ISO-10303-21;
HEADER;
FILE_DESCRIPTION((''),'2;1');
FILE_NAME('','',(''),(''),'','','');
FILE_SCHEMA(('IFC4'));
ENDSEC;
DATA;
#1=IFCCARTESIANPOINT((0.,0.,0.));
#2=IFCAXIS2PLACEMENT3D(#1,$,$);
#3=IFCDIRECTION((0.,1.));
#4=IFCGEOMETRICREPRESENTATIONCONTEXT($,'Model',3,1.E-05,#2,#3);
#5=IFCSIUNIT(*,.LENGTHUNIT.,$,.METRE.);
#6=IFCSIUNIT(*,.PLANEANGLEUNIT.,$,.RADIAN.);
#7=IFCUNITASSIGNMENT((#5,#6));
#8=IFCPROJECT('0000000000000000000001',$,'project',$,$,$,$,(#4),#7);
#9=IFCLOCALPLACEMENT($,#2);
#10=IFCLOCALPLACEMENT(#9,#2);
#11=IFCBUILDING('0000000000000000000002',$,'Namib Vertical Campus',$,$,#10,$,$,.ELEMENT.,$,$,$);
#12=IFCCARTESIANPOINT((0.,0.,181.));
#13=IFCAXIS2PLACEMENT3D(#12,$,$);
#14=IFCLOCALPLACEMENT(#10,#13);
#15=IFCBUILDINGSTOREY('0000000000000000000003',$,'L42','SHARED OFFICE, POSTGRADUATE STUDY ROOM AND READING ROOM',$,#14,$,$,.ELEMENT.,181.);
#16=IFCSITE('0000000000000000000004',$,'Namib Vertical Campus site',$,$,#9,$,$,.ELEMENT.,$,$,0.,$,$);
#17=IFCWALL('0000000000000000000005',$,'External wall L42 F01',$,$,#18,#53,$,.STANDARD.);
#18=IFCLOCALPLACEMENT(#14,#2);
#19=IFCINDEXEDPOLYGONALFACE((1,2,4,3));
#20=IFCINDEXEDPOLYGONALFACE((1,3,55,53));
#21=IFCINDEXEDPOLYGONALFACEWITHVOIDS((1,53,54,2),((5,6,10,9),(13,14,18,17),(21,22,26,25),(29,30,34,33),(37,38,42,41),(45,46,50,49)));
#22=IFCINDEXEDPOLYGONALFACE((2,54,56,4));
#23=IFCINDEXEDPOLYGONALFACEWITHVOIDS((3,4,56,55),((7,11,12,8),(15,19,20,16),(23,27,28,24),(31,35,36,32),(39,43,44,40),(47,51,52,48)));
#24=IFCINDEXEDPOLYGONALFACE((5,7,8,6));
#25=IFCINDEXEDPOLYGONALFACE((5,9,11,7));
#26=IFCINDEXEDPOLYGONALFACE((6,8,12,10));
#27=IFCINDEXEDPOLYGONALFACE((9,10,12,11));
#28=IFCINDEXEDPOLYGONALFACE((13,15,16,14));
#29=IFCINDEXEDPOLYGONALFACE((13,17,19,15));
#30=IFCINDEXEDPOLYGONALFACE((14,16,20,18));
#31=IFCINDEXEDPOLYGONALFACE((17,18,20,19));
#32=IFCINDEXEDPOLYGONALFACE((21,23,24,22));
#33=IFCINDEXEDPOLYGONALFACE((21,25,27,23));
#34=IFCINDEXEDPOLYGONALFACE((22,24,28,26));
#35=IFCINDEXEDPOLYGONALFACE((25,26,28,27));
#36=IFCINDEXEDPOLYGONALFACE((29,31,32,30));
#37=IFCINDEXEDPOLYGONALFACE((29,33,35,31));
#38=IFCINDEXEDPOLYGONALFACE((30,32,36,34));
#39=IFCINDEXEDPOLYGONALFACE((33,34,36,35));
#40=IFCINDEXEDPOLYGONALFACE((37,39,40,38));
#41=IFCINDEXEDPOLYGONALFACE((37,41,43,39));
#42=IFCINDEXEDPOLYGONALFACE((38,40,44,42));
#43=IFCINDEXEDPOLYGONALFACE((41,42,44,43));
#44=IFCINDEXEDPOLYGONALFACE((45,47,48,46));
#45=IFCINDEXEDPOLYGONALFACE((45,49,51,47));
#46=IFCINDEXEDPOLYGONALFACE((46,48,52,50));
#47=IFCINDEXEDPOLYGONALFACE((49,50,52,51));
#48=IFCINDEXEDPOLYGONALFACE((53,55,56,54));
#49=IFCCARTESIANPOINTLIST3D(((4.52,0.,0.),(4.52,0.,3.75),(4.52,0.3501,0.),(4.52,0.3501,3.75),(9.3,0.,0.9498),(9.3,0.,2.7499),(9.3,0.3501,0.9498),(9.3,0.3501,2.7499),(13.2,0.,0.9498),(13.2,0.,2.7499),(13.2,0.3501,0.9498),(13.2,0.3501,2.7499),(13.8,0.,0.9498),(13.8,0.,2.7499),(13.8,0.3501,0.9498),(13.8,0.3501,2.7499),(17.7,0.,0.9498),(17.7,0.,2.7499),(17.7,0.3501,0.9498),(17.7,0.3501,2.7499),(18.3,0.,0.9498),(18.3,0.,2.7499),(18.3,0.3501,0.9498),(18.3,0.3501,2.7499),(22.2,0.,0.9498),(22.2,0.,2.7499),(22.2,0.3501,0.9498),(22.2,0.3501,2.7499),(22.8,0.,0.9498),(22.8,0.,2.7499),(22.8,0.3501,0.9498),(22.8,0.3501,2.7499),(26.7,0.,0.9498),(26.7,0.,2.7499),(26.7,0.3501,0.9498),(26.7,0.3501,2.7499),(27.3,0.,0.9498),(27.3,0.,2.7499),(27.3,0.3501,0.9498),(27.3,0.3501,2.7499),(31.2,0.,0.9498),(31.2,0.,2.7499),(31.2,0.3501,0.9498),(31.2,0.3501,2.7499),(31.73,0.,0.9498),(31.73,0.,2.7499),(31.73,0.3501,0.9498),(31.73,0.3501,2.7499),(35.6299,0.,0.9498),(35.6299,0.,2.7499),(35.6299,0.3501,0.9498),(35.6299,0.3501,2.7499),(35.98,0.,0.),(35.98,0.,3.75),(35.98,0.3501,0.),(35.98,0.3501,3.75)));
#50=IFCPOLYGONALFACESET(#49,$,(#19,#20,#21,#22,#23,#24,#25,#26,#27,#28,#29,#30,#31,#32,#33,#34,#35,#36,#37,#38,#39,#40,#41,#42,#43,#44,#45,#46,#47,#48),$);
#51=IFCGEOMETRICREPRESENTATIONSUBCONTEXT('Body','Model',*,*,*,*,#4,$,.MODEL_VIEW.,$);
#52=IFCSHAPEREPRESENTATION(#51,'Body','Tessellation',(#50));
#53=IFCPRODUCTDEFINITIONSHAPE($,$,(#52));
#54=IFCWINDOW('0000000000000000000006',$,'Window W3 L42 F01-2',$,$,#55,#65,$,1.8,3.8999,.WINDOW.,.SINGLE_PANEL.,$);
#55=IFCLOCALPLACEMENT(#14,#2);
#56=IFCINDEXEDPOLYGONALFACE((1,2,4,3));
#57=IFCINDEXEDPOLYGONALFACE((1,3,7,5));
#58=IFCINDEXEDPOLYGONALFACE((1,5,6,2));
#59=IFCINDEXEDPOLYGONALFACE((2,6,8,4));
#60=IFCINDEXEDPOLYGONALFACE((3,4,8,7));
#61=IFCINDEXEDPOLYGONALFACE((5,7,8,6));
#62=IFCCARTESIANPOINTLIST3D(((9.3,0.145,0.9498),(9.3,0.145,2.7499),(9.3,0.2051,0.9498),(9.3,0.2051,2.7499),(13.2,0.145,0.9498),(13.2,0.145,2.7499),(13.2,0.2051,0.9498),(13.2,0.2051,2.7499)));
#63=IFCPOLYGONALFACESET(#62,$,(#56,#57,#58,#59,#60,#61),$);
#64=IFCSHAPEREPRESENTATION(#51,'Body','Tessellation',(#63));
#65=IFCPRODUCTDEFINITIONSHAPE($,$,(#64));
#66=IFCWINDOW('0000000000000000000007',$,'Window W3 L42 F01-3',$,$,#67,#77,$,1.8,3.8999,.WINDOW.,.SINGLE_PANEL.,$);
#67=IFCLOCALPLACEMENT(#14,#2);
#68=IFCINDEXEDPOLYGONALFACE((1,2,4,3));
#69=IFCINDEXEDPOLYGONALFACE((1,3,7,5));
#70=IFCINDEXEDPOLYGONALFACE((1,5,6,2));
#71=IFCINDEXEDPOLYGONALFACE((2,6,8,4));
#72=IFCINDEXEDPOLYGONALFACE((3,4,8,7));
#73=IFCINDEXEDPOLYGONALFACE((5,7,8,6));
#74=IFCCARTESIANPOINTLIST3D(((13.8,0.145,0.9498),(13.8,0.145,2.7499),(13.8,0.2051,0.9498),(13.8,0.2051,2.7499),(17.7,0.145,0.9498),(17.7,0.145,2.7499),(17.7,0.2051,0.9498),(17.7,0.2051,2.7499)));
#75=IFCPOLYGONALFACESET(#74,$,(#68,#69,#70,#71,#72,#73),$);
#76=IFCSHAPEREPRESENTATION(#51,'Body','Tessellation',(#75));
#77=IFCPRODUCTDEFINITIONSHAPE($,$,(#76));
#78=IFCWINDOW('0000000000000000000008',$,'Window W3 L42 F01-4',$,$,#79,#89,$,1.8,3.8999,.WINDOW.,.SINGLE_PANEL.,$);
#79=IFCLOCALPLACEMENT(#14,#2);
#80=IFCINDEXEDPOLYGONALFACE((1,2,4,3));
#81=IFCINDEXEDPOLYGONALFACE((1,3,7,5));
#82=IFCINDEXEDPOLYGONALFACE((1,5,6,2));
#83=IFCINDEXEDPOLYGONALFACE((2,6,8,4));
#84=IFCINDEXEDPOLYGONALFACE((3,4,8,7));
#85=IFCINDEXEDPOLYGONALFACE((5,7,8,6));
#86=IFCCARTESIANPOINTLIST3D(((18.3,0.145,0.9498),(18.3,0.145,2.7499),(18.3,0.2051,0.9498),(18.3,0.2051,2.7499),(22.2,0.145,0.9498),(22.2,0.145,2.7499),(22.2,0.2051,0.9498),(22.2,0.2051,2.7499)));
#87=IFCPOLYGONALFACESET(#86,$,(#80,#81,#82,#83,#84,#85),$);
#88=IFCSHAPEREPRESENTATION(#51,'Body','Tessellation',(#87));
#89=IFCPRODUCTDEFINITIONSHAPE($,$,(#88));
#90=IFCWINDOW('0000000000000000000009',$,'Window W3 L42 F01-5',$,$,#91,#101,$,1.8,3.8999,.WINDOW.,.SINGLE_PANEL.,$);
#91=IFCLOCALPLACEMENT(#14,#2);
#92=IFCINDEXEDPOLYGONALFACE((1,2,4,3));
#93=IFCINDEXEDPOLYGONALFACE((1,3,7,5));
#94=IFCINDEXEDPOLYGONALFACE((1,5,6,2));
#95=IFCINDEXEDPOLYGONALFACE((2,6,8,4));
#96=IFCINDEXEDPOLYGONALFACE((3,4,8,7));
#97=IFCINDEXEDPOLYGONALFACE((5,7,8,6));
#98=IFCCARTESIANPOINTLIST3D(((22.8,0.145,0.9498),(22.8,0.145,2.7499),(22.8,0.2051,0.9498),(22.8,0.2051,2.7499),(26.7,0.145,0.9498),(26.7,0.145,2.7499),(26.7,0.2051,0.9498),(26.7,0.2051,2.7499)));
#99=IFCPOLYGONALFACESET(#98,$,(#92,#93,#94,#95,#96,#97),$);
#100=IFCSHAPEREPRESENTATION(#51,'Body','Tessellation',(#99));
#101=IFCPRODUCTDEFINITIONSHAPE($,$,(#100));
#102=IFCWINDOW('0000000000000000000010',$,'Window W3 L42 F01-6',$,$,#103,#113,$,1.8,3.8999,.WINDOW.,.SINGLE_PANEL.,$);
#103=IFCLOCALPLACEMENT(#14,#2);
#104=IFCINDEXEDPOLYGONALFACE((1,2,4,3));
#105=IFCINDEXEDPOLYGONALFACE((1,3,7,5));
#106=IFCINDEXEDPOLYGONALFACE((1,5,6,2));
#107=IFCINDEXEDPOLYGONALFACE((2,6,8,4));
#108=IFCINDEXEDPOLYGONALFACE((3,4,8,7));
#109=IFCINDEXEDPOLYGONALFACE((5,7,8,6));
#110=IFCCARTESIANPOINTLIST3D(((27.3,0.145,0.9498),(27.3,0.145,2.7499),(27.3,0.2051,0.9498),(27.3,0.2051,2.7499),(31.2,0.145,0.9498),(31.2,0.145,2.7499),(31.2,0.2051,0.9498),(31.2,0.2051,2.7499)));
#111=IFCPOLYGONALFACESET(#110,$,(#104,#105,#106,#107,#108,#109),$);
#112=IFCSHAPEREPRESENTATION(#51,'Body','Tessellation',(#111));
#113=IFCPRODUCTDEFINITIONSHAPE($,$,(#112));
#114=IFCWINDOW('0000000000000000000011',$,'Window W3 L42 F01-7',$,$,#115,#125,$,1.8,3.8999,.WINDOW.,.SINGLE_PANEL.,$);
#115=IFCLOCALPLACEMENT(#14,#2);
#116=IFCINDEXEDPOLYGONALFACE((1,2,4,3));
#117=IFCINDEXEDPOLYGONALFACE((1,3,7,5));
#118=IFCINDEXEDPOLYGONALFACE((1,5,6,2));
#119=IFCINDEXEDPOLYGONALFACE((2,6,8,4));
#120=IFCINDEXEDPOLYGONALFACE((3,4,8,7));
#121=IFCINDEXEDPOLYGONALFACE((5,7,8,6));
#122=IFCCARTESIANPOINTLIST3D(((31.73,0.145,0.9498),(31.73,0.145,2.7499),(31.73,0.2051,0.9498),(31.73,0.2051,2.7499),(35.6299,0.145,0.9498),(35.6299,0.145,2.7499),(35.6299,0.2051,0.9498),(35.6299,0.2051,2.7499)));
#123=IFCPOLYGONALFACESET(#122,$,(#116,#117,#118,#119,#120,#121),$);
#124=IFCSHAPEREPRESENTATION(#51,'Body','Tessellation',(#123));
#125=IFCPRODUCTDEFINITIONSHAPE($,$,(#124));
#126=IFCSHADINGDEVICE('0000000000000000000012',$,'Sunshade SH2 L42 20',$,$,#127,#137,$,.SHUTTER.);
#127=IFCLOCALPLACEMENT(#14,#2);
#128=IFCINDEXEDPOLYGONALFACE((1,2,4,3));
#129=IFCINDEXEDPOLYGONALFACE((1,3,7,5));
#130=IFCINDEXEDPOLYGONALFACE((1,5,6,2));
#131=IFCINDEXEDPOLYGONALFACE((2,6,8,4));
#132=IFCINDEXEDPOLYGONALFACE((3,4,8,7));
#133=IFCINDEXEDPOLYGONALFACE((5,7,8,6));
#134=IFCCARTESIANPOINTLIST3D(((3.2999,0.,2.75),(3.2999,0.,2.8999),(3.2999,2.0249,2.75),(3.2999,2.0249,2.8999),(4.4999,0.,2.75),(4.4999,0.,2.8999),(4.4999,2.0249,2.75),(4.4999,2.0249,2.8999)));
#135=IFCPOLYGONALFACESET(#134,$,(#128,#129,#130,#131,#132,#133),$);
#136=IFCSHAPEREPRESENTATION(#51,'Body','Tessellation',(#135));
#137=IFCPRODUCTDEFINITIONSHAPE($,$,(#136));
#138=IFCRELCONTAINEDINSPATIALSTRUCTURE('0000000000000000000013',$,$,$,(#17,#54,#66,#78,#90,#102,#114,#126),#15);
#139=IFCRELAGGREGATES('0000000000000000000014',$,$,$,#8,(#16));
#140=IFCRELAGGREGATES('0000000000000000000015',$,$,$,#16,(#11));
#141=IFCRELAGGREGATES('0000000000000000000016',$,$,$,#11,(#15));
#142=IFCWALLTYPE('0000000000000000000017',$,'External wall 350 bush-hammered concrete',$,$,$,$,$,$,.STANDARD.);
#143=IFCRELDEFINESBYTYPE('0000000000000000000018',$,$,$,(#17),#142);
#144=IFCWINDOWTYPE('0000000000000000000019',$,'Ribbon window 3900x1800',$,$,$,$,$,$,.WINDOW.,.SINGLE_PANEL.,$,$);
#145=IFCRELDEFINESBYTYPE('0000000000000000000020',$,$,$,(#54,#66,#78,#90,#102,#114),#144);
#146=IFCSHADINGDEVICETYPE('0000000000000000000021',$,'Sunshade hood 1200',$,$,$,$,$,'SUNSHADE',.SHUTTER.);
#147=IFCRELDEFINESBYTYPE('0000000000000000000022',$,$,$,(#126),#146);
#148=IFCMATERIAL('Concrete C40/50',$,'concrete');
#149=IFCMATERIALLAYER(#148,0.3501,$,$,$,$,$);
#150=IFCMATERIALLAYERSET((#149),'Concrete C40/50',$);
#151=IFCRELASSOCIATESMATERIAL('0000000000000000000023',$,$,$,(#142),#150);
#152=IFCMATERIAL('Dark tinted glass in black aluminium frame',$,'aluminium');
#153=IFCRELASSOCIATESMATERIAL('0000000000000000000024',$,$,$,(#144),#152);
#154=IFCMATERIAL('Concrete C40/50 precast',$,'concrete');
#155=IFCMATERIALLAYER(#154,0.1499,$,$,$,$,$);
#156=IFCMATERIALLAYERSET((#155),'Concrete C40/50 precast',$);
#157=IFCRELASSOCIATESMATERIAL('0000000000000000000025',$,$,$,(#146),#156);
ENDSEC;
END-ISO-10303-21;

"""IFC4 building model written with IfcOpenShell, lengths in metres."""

from ifc_helpers import new_model, si_unit, direction, frame, frame_2d, origin, origin_2d, place, context, subcontext, project, spatial, rectangle, extrude, material, layer, layer_set, type_object, element, fill, save


model = new_model("IFC4")

# Units and contexts
model_context = context("Model", 3, precision=1e-05, world=origin(), true_north=direction((0.0, 1.0)))
body_context = subcontext(model_context, "Body", "Model", "MODEL_VIEW")
ifc_project = project(units=[si_unit("LENGTHUNIT", "METRE"), si_unit("PLANEANGLEUNIT", "RADIAN")], contexts=[model_context])

# Site, building, storey
site_placement = place(None, origin())
site = spatial("IfcSite", under=ifc_project, at=site_placement, Name="Namib Vertical Campus site", CompositionType="ELEMENT", RefElevation=0.0)
building_placement = place(site_placement, origin())
building = spatial("IfcBuilding", under=site, at=building_placement, Name="Namib Vertical Campus", CompositionType="ELEMENT")
storey_placement = place(building_placement, frame((0.0, 0.0, 181.0)))
storey = spatial("IfcBuildingStorey", under=building, at=storey_placement, Name="L42", Description="SHARED OFFICE, POSTGRADUATE STUDY ROOM AND READING ROOM", CompositionType="ELEMENT", Elevation=181.0)

# Wall, openings, windows
ifc_material_1 = material(Name="Concrete C40/50", Category="concrete")
ifc_layer_1 = layer(ifc_material_1, 0.3501)
ifc_layer_set_1 = layer_set([ifc_layer_1], Name="Concrete C40/50")
wall_type = type_object("IfcWallType", Name="External wall 350 bush-hammered concrete", PredefinedType="STANDARD", material=ifc_layer_set_1)
wall_placement = place(storey_placement, frame((4.52, 0.175, 0.0), z_axis=(0.0, 0.0, 1.0), x_axis=(1.0, 0.0, 0.0)))
wall = element("IfcWall", 1, at=wall_placement, inside=storey, type_object=wall_type, Name="External wall L42 F01", PredefinedType="STANDARD", context=body_context, shape_type="SweptSolid", body=[
    extrude(rectangle(XDim=31.46, YDim=0.3501, at=frame_2d((15.73, 0.0))), origin(), (0.0, 0.0, 1.0), 3.75),
])
opening_1_placement = place(wall_placement, frame((4.78, 0.0, 0.95)))
opening_1 = element("IfcOpeningElement", 2, at=opening_1_placement, cuts=wall, PredefinedType="OPENING", context=body_context, shape_type="SweptSolid", body=[
    extrude(rectangle(XDim=3.8999, YDim=1.8, at=frame_2d((1.95, 0.8999))), frame((0.0, 0.1851, 0.0), z_axis=(0.0, -1.0, 0.0), x_axis=(1.0, 0.0, 0.0)), (0.0, 0.0, 1.0), 0.3701),
])
opening_2_placement = place(wall_placement, frame((9.28, 0.0, 0.95)))
opening_2 = element("IfcOpeningElement", 3, at=opening_2_placement, cuts=wall, PredefinedType="OPENING", context=body_context, shape_type="SweptSolid", body=[
    extrude(rectangle(XDim=3.8999, YDim=1.8, at=frame_2d((1.95, 0.8999))), frame((0.0, 0.1851, 0.0), z_axis=(0.0, -1.0, 0.0), x_axis=(1.0, 0.0, 0.0)), (0.0, 0.0, 1.0), 0.3701),
])
opening_3_placement = place(wall_placement, frame((13.78, 0.0, 0.95)))
opening_3 = element("IfcOpeningElement", 4, at=opening_3_placement, cuts=wall, PredefinedType="OPENING", context=body_context, shape_type="SweptSolid", body=[
    extrude(rectangle(XDim=3.8999, YDim=1.8, at=frame_2d((1.95, 0.8999))), frame((0.0, 0.1851, 0.0), z_axis=(0.0, -1.0, 0.0), x_axis=(1.0, 0.0, 0.0)), (0.0, 0.0, 1.0), 0.3701),
])
opening_4_placement = place(wall_placement, frame((18.28, 0.0, 0.95)))
opening_4 = element("IfcOpeningElement", 5, at=opening_4_placement, cuts=wall, PredefinedType="OPENING", context=body_context, shape_type="SweptSolid", body=[
    extrude(rectangle(XDim=3.8999, YDim=1.8, at=frame_2d((1.95, 0.8999))), frame((0.0, 0.1851, 0.0), z_axis=(0.0, -1.0, 0.0), x_axis=(1.0, 0.0, 0.0)), (0.0, 0.0, 1.0), 0.3701),
])
opening_5_placement = place(wall_placement, frame((22.78, 0.0, 0.95)))
opening_5 = element("IfcOpeningElement", 6, at=opening_5_placement, cuts=wall, PredefinedType="OPENING", context=body_context, shape_type="SweptSolid", body=[
    extrude(rectangle(XDim=3.8999, YDim=1.8, at=frame_2d((1.95, 0.8999))), frame((0.0, 0.1851, 0.0), z_axis=(0.0, -1.0, 0.0), x_axis=(1.0, 0.0, 0.0)), (0.0, 0.0, 1.0), 0.3701),
])
opening_6_placement = place(wall_placement, frame((27.21, 0.0, 0.95)))
opening_6 = element("IfcOpeningElement", 7, at=opening_6_placement, cuts=wall, PredefinedType="OPENING", context=body_context, shape_type="SweptSolid", body=[
    extrude(rectangle(XDim=3.8999, YDim=1.8, at=frame_2d((1.95, 0.8999))), frame((0.0, 0.1851, 0.0), z_axis=(0.0, -1.0, 0.0), x_axis=(1.0, 0.0, 0.0)), (0.0, 0.0, 1.0), 0.3701),
])
ifc_material_2 = material(Name="Dark tinted glass in black aluminium frame", Category="aluminium")
window_type = type_object("IfcWindowType", Name="Ribbon window 3900x1800", PartitioningType="SINGLE_PANEL", PredefinedType="WINDOW", material=ifc_material_2)
window_1_placement = place(opening_1_placement, origin())
window_1 = element("IfcWindow", 8, at=window_1_placement, inside=storey, type_object=window_type, Name="Window W3 L42 F01-2", OverallHeight=1.8, OverallWidth=3.8999, PartitioningType="SINGLE_PANEL", PredefinedType="WINDOW", context=body_context, shape_type="SweptSolid", body=[
    extrude(rectangle(XDim=3.8999, YDim=1.8, at=frame_2d((1.95, 0.8999))), frame((0.0, 0.03, 0.0), z_axis=(0.0, -1.0, 0.0), x_axis=(1.0, 0.0, 0.0)), (0.0, 0.0, 1.0), 0.0601),
])
fill(opening_1, window_1)
window_2_placement = place(opening_2_placement, origin())
window_2 = element("IfcWindow", 9, at=window_2_placement, inside=storey, type_object=window_type, Name="Window W3 L42 F01-3", OverallHeight=1.8, OverallWidth=3.8999, PartitioningType="SINGLE_PANEL", PredefinedType="WINDOW", context=body_context, shape_type="SweptSolid", body=[
    extrude(rectangle(XDim=3.8999, YDim=1.8, at=frame_2d((1.95, 0.8999))), frame((0.0, 0.03, 0.0), z_axis=(0.0, -1.0, 0.0), x_axis=(1.0, 0.0, 0.0)), (0.0, 0.0, 1.0), 0.0601),
])
fill(opening_2, window_2)
window_3_placement = place(opening_3_placement, origin())
window_3 = element("IfcWindow", 10, at=window_3_placement, inside=storey, type_object=window_type, Name="Window W3 L42 F01-4", OverallHeight=1.8, OverallWidth=3.8999, PartitioningType="SINGLE_PANEL", PredefinedType="WINDOW", context=body_context, shape_type="SweptSolid", body=[
    extrude(rectangle(XDim=3.8999, YDim=1.8, at=frame_2d((1.95, 0.8999))), frame((0.0, 0.03, 0.0), z_axis=(0.0, -1.0, 0.0), x_axis=(1.0, 0.0, 0.0)), (0.0, 0.0, 1.0), 0.0601),
])
fill(opening_3, window_3)
window_4_placement = place(opening_4_placement, origin())
window_4 = element("IfcWindow", 11, at=window_4_placement, inside=storey, type_object=window_type, Name="Window W3 L42 F01-5", OverallHeight=1.8, OverallWidth=3.8999, PartitioningType="SINGLE_PANEL", PredefinedType="WINDOW", context=body_context, shape_type="SweptSolid", body=[
    extrude(rectangle(XDim=3.8999, YDim=1.8, at=frame_2d((1.95, 0.8999))), frame((0.0, 0.03, 0.0), z_axis=(0.0, -1.0, 0.0), x_axis=(1.0, 0.0, 0.0)), (0.0, 0.0, 1.0), 0.0601),
])
fill(opening_4, window_4)
window_5_placement = place(opening_5_placement, origin())
window_5 = element("IfcWindow", 12, at=window_5_placement, inside=storey, type_object=window_type, Name="Window W3 L42 F01-6", OverallHeight=1.8, OverallWidth=3.8999, PartitioningType="SINGLE_PANEL", PredefinedType="WINDOW", context=body_context, shape_type="SweptSolid", body=[
    extrude(rectangle(XDim=3.8999, YDim=1.8, at=frame_2d((1.95, 0.8999))), frame((0.0, 0.03, 0.0), z_axis=(0.0, -1.0, 0.0), x_axis=(1.0, 0.0, 0.0)), (0.0, 0.0, 1.0), 0.0601),
])
fill(opening_5, window_5)
window_6_placement = place(opening_6_placement, origin())
window_6 = element("IfcWindow", 13, at=window_6_placement, inside=storey, type_object=window_type, Name="Window W3 L42 F01-7", OverallHeight=1.8, OverallWidth=3.8999, PartitioningType="SINGLE_PANEL", PredefinedType="WINDOW", context=body_context, shape_type="SweptSolid", body=[
    extrude(rectangle(XDim=3.8999, YDim=1.8, at=frame_2d((1.95, 0.8999))), frame((0.0, 0.03, 0.0), z_axis=(0.0, -1.0, 0.0), x_axis=(1.0, 0.0, 0.0)), (0.0, 0.0, 1.0), 0.0601),
])
fill(opening_6, window_6)

# Shading device
ifc_material_3 = material(Name="Concrete C40/50 precast", Category="concrete")
ifc_layer_2 = layer(ifc_material_3, 0.1499)
ifc_layer_set_2 = layer_set([ifc_layer_2], Name="Concrete C40/50 precast")
shading_device_type = type_object("IfcShadingDeviceType", Name="Sunshade hood 1200", ElementType="SUNSHADE", PredefinedType="SHUTTER", material=ifc_layer_set_2)
shading_device_placement = place(storey_placement, frame((3.8999, 1.0125, 2.75), z_axis=(0.0, 0.0, 1.0), x_axis=(0.0, -1.0, 0.0)))
element("IfcShadingDevice", 14, at=shading_device_placement, inside=storey, type_object=shading_device_type, Name="Sunshade SH2 L42 20", PredefinedType="SHUTTER", context=body_context, shape_type="SweptSolid", body=[
    extrude(rectangle(XDim=2.0249, YDim=1.2, at=origin_2d()), origin(), (0.0, 0.0, 1.0), 0.1499),
])

save(model, "model.ifc")
